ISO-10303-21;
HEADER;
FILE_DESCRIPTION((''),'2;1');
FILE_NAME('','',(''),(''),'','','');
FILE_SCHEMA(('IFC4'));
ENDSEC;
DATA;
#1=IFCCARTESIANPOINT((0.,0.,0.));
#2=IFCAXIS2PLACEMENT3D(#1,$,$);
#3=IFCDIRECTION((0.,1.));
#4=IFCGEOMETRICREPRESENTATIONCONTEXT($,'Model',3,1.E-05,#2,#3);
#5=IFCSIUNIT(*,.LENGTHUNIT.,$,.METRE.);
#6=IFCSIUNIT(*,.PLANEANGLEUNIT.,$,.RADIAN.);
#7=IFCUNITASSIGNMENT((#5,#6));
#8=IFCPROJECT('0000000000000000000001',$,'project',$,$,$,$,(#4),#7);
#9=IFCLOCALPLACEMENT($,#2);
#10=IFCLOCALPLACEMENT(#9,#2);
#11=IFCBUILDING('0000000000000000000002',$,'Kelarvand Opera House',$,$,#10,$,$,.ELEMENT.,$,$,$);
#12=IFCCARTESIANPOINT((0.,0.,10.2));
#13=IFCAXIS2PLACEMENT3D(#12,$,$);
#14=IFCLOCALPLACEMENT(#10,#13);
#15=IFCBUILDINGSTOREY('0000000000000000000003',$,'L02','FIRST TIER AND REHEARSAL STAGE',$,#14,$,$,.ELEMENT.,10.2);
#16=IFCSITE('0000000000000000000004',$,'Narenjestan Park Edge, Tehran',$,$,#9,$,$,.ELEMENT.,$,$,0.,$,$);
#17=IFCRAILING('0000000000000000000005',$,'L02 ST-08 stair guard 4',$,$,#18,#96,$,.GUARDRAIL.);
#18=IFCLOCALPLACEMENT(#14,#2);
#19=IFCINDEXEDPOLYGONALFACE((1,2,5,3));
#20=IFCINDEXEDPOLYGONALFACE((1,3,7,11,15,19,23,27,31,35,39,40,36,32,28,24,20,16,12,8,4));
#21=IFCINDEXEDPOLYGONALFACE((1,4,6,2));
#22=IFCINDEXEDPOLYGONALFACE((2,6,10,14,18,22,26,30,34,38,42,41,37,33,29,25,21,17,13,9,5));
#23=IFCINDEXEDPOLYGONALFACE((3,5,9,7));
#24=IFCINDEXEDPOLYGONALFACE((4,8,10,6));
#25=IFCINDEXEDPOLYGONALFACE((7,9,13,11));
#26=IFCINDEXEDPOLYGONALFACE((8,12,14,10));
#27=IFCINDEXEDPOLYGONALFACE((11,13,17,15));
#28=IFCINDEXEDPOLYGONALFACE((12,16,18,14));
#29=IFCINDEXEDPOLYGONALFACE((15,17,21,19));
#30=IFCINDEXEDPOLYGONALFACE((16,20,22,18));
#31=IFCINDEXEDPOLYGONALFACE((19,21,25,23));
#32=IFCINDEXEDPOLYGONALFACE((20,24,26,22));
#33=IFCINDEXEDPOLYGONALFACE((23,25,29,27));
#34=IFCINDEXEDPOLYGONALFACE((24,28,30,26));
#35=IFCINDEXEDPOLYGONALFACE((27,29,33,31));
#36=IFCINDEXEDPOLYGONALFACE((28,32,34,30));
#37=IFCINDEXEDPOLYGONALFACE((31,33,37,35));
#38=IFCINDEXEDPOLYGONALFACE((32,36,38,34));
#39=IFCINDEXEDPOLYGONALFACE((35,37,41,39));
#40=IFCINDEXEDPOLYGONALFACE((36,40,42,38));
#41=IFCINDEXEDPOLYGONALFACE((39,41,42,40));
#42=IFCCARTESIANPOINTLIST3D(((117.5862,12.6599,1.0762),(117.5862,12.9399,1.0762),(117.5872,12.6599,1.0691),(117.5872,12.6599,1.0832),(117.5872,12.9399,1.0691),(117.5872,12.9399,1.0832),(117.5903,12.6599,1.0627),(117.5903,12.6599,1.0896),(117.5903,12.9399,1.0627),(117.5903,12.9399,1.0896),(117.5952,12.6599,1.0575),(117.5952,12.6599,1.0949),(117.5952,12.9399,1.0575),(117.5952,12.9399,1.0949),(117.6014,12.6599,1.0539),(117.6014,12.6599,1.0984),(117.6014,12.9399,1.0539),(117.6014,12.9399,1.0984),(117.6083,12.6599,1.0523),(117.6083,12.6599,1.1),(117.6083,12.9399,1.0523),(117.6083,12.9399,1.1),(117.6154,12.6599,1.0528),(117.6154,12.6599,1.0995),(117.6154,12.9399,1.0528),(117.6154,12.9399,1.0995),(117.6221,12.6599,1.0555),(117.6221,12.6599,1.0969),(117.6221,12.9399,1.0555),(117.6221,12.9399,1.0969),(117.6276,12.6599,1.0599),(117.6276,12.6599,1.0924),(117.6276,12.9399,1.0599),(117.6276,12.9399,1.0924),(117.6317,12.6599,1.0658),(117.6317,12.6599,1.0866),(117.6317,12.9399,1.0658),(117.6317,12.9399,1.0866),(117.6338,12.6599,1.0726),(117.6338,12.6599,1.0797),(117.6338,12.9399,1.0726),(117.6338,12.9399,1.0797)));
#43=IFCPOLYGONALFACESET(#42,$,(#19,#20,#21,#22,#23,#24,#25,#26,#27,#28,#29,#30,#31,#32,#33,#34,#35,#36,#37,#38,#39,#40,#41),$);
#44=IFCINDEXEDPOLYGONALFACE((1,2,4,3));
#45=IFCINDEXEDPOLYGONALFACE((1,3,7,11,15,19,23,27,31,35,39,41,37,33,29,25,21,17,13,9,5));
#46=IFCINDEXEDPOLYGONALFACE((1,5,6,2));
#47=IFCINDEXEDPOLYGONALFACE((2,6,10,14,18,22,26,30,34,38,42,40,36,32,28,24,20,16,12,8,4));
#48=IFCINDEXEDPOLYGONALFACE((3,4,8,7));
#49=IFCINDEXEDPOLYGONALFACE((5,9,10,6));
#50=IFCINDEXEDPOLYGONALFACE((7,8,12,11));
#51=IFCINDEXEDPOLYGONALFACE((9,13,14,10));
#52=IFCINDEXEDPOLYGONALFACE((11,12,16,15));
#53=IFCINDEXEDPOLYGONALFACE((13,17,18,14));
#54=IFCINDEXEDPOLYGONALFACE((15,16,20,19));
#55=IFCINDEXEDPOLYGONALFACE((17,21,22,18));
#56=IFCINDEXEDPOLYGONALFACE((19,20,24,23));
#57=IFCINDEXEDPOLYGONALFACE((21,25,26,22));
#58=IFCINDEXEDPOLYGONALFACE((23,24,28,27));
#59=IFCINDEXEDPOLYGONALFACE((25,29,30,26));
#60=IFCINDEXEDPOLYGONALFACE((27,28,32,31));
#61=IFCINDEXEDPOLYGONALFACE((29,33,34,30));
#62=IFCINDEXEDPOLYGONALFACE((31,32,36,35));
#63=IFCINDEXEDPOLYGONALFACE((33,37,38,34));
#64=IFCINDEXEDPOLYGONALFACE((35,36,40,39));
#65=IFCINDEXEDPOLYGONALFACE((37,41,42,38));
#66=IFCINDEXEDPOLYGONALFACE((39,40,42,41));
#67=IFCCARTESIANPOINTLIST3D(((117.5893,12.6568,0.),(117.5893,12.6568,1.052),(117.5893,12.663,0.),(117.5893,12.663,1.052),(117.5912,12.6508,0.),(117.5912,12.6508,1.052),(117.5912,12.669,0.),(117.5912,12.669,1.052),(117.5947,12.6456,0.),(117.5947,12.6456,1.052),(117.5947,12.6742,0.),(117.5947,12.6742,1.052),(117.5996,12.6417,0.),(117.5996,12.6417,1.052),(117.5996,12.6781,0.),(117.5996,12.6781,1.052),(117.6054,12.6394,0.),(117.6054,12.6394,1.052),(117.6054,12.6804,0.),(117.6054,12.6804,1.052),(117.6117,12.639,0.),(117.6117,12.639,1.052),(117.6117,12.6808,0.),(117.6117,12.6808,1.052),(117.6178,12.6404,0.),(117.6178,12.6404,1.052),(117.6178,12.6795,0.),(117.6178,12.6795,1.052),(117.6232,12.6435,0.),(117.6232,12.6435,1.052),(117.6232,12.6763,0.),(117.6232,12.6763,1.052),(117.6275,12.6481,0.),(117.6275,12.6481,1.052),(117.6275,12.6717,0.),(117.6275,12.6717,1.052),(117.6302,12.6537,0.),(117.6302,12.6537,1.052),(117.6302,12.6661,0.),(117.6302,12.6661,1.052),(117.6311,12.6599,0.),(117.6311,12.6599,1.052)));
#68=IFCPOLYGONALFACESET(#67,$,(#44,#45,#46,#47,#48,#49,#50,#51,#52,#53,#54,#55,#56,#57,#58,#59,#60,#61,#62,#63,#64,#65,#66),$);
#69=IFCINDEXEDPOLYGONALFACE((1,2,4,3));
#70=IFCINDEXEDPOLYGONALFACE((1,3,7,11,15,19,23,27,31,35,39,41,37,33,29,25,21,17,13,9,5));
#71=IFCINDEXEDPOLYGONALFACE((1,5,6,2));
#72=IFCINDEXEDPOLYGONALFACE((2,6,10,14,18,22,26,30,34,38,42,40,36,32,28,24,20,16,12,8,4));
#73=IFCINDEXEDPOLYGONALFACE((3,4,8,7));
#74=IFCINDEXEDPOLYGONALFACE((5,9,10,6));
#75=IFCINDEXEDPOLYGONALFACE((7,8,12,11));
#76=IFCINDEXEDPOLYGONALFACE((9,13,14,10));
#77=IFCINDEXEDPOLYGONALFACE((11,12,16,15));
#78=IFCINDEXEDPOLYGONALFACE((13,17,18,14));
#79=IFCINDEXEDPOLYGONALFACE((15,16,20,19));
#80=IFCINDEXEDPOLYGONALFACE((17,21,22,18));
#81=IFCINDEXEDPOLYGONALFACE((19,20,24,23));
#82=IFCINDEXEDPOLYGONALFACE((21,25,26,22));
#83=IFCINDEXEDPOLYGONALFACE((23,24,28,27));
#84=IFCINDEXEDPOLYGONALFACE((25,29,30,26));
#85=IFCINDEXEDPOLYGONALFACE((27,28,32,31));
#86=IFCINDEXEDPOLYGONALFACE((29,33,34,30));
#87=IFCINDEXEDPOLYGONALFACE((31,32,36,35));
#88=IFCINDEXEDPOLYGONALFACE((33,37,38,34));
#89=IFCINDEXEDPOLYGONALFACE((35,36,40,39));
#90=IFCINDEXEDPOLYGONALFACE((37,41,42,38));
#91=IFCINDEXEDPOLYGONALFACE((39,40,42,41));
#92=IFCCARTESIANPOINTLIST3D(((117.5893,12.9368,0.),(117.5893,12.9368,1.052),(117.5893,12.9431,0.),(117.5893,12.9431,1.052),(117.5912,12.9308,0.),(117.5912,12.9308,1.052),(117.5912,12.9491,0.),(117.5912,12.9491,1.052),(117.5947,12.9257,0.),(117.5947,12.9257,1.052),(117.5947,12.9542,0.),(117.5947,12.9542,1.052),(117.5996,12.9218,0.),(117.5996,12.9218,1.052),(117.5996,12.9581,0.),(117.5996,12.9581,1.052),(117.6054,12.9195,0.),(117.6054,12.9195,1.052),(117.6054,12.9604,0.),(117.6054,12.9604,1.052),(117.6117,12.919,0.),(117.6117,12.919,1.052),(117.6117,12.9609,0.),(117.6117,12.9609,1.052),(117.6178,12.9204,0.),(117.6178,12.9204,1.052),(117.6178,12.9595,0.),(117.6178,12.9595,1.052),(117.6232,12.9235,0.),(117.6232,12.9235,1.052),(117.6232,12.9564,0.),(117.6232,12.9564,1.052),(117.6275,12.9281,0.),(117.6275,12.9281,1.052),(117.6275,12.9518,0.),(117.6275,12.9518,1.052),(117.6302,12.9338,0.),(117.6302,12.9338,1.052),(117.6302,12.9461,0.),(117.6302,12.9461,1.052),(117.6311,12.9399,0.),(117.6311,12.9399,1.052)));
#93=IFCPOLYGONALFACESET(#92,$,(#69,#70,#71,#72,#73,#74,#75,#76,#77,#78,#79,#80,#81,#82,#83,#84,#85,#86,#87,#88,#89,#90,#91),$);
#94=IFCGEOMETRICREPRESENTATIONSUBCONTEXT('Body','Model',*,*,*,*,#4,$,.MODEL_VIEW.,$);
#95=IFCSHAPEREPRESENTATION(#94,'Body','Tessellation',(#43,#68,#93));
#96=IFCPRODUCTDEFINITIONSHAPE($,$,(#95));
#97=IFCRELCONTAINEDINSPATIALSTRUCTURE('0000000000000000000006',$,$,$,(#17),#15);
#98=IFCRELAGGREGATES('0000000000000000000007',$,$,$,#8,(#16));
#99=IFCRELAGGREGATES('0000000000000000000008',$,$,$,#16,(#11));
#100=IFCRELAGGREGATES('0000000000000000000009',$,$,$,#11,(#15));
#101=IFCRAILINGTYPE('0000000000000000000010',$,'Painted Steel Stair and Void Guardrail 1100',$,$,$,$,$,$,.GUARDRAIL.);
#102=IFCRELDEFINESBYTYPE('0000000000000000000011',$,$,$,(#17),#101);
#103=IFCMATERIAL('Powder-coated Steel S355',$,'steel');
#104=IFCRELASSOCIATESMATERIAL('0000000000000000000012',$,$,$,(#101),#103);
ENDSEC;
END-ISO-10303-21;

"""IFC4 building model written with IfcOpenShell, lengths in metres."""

from ifc_helpers import new_model, si_unit, direction, frame, origin, origin_2d, place, context, subcontext, project, spatial, circle, extrude, material, type_object, element, save


model = new_model("IFC4")

# Units and contexts
model_context = context("Model", 3, precision=1e-05, world=origin(), true_north=direction((0.0, 1.0)))
body_context = subcontext(model_context, "Body", "Model", "MODEL_VIEW")
ifc_project = project(units=[si_unit("LENGTHUNIT", "METRE"), si_unit("PLANEANGLEUNIT", "RADIAN")], contexts=[model_context])

# Site, building, storey
site_placement = place(None, origin())
site = spatial("IfcSite", under=ifc_project, at=site_placement, Name="Narenjestan Park Edge, Tehran", CompositionType="ELEMENT", RefElevation=0.0)
building_placement = place(site_placement, origin())
building = spatial("IfcBuilding", under=site, at=building_placement, Name="Kelarvand Opera House", CompositionType="ELEMENT")
storey_placement = place(building_placement, frame((0.0, 0.0, 10.2)))
storey = spatial("IfcBuildingStorey", under=building, at=storey_placement, Name="L02", Description="FIRST TIER AND REHEARSAL STAGE", CompositionType="ELEMENT", Elevation=10.2)

# Railing
ifc_material_1 = material(Name="Powder-coated Steel S355", Category="steel")
railing_type_1 = type_object("IfcRailingType", Name="Painted Steel Stair and Void Guardrail 1100", PredefinedType="GUARDRAIL", material=ifc_material_1)
railing_1_placement = place(storey_placement, frame((117.6101, 12.6599, 0.0)))
element("IfcRailing", 1, at=railing_1_placement, inside=storey, type_object=railing_type_1, Name="L02 ST-08 stair guard 4", PredefinedType="GUARDRAIL", context=body_context, shape_type="SweptSolid", body=[
    extrude(circle(Radius=0.0239, at=origin_2d()), frame((0.0, 0.0, 1.0762), z_axis=(0.0, 1.0, 0.0), x_axis=(-1.0, 0.0, 0.0)), (0.0, 0.0, 1.0), 0.28),
    extrude(circle(Radius=0.021, at=origin_2d()), origin(), (0.0, 0.0, 1.0), 1.052),
    extrude(circle(Radius=0.021, at=origin_2d()), frame((0.0, 0.28, 0.0)), (0.0, 0.0, 1.0), 1.052),
])

save(model, "model.ifc")
